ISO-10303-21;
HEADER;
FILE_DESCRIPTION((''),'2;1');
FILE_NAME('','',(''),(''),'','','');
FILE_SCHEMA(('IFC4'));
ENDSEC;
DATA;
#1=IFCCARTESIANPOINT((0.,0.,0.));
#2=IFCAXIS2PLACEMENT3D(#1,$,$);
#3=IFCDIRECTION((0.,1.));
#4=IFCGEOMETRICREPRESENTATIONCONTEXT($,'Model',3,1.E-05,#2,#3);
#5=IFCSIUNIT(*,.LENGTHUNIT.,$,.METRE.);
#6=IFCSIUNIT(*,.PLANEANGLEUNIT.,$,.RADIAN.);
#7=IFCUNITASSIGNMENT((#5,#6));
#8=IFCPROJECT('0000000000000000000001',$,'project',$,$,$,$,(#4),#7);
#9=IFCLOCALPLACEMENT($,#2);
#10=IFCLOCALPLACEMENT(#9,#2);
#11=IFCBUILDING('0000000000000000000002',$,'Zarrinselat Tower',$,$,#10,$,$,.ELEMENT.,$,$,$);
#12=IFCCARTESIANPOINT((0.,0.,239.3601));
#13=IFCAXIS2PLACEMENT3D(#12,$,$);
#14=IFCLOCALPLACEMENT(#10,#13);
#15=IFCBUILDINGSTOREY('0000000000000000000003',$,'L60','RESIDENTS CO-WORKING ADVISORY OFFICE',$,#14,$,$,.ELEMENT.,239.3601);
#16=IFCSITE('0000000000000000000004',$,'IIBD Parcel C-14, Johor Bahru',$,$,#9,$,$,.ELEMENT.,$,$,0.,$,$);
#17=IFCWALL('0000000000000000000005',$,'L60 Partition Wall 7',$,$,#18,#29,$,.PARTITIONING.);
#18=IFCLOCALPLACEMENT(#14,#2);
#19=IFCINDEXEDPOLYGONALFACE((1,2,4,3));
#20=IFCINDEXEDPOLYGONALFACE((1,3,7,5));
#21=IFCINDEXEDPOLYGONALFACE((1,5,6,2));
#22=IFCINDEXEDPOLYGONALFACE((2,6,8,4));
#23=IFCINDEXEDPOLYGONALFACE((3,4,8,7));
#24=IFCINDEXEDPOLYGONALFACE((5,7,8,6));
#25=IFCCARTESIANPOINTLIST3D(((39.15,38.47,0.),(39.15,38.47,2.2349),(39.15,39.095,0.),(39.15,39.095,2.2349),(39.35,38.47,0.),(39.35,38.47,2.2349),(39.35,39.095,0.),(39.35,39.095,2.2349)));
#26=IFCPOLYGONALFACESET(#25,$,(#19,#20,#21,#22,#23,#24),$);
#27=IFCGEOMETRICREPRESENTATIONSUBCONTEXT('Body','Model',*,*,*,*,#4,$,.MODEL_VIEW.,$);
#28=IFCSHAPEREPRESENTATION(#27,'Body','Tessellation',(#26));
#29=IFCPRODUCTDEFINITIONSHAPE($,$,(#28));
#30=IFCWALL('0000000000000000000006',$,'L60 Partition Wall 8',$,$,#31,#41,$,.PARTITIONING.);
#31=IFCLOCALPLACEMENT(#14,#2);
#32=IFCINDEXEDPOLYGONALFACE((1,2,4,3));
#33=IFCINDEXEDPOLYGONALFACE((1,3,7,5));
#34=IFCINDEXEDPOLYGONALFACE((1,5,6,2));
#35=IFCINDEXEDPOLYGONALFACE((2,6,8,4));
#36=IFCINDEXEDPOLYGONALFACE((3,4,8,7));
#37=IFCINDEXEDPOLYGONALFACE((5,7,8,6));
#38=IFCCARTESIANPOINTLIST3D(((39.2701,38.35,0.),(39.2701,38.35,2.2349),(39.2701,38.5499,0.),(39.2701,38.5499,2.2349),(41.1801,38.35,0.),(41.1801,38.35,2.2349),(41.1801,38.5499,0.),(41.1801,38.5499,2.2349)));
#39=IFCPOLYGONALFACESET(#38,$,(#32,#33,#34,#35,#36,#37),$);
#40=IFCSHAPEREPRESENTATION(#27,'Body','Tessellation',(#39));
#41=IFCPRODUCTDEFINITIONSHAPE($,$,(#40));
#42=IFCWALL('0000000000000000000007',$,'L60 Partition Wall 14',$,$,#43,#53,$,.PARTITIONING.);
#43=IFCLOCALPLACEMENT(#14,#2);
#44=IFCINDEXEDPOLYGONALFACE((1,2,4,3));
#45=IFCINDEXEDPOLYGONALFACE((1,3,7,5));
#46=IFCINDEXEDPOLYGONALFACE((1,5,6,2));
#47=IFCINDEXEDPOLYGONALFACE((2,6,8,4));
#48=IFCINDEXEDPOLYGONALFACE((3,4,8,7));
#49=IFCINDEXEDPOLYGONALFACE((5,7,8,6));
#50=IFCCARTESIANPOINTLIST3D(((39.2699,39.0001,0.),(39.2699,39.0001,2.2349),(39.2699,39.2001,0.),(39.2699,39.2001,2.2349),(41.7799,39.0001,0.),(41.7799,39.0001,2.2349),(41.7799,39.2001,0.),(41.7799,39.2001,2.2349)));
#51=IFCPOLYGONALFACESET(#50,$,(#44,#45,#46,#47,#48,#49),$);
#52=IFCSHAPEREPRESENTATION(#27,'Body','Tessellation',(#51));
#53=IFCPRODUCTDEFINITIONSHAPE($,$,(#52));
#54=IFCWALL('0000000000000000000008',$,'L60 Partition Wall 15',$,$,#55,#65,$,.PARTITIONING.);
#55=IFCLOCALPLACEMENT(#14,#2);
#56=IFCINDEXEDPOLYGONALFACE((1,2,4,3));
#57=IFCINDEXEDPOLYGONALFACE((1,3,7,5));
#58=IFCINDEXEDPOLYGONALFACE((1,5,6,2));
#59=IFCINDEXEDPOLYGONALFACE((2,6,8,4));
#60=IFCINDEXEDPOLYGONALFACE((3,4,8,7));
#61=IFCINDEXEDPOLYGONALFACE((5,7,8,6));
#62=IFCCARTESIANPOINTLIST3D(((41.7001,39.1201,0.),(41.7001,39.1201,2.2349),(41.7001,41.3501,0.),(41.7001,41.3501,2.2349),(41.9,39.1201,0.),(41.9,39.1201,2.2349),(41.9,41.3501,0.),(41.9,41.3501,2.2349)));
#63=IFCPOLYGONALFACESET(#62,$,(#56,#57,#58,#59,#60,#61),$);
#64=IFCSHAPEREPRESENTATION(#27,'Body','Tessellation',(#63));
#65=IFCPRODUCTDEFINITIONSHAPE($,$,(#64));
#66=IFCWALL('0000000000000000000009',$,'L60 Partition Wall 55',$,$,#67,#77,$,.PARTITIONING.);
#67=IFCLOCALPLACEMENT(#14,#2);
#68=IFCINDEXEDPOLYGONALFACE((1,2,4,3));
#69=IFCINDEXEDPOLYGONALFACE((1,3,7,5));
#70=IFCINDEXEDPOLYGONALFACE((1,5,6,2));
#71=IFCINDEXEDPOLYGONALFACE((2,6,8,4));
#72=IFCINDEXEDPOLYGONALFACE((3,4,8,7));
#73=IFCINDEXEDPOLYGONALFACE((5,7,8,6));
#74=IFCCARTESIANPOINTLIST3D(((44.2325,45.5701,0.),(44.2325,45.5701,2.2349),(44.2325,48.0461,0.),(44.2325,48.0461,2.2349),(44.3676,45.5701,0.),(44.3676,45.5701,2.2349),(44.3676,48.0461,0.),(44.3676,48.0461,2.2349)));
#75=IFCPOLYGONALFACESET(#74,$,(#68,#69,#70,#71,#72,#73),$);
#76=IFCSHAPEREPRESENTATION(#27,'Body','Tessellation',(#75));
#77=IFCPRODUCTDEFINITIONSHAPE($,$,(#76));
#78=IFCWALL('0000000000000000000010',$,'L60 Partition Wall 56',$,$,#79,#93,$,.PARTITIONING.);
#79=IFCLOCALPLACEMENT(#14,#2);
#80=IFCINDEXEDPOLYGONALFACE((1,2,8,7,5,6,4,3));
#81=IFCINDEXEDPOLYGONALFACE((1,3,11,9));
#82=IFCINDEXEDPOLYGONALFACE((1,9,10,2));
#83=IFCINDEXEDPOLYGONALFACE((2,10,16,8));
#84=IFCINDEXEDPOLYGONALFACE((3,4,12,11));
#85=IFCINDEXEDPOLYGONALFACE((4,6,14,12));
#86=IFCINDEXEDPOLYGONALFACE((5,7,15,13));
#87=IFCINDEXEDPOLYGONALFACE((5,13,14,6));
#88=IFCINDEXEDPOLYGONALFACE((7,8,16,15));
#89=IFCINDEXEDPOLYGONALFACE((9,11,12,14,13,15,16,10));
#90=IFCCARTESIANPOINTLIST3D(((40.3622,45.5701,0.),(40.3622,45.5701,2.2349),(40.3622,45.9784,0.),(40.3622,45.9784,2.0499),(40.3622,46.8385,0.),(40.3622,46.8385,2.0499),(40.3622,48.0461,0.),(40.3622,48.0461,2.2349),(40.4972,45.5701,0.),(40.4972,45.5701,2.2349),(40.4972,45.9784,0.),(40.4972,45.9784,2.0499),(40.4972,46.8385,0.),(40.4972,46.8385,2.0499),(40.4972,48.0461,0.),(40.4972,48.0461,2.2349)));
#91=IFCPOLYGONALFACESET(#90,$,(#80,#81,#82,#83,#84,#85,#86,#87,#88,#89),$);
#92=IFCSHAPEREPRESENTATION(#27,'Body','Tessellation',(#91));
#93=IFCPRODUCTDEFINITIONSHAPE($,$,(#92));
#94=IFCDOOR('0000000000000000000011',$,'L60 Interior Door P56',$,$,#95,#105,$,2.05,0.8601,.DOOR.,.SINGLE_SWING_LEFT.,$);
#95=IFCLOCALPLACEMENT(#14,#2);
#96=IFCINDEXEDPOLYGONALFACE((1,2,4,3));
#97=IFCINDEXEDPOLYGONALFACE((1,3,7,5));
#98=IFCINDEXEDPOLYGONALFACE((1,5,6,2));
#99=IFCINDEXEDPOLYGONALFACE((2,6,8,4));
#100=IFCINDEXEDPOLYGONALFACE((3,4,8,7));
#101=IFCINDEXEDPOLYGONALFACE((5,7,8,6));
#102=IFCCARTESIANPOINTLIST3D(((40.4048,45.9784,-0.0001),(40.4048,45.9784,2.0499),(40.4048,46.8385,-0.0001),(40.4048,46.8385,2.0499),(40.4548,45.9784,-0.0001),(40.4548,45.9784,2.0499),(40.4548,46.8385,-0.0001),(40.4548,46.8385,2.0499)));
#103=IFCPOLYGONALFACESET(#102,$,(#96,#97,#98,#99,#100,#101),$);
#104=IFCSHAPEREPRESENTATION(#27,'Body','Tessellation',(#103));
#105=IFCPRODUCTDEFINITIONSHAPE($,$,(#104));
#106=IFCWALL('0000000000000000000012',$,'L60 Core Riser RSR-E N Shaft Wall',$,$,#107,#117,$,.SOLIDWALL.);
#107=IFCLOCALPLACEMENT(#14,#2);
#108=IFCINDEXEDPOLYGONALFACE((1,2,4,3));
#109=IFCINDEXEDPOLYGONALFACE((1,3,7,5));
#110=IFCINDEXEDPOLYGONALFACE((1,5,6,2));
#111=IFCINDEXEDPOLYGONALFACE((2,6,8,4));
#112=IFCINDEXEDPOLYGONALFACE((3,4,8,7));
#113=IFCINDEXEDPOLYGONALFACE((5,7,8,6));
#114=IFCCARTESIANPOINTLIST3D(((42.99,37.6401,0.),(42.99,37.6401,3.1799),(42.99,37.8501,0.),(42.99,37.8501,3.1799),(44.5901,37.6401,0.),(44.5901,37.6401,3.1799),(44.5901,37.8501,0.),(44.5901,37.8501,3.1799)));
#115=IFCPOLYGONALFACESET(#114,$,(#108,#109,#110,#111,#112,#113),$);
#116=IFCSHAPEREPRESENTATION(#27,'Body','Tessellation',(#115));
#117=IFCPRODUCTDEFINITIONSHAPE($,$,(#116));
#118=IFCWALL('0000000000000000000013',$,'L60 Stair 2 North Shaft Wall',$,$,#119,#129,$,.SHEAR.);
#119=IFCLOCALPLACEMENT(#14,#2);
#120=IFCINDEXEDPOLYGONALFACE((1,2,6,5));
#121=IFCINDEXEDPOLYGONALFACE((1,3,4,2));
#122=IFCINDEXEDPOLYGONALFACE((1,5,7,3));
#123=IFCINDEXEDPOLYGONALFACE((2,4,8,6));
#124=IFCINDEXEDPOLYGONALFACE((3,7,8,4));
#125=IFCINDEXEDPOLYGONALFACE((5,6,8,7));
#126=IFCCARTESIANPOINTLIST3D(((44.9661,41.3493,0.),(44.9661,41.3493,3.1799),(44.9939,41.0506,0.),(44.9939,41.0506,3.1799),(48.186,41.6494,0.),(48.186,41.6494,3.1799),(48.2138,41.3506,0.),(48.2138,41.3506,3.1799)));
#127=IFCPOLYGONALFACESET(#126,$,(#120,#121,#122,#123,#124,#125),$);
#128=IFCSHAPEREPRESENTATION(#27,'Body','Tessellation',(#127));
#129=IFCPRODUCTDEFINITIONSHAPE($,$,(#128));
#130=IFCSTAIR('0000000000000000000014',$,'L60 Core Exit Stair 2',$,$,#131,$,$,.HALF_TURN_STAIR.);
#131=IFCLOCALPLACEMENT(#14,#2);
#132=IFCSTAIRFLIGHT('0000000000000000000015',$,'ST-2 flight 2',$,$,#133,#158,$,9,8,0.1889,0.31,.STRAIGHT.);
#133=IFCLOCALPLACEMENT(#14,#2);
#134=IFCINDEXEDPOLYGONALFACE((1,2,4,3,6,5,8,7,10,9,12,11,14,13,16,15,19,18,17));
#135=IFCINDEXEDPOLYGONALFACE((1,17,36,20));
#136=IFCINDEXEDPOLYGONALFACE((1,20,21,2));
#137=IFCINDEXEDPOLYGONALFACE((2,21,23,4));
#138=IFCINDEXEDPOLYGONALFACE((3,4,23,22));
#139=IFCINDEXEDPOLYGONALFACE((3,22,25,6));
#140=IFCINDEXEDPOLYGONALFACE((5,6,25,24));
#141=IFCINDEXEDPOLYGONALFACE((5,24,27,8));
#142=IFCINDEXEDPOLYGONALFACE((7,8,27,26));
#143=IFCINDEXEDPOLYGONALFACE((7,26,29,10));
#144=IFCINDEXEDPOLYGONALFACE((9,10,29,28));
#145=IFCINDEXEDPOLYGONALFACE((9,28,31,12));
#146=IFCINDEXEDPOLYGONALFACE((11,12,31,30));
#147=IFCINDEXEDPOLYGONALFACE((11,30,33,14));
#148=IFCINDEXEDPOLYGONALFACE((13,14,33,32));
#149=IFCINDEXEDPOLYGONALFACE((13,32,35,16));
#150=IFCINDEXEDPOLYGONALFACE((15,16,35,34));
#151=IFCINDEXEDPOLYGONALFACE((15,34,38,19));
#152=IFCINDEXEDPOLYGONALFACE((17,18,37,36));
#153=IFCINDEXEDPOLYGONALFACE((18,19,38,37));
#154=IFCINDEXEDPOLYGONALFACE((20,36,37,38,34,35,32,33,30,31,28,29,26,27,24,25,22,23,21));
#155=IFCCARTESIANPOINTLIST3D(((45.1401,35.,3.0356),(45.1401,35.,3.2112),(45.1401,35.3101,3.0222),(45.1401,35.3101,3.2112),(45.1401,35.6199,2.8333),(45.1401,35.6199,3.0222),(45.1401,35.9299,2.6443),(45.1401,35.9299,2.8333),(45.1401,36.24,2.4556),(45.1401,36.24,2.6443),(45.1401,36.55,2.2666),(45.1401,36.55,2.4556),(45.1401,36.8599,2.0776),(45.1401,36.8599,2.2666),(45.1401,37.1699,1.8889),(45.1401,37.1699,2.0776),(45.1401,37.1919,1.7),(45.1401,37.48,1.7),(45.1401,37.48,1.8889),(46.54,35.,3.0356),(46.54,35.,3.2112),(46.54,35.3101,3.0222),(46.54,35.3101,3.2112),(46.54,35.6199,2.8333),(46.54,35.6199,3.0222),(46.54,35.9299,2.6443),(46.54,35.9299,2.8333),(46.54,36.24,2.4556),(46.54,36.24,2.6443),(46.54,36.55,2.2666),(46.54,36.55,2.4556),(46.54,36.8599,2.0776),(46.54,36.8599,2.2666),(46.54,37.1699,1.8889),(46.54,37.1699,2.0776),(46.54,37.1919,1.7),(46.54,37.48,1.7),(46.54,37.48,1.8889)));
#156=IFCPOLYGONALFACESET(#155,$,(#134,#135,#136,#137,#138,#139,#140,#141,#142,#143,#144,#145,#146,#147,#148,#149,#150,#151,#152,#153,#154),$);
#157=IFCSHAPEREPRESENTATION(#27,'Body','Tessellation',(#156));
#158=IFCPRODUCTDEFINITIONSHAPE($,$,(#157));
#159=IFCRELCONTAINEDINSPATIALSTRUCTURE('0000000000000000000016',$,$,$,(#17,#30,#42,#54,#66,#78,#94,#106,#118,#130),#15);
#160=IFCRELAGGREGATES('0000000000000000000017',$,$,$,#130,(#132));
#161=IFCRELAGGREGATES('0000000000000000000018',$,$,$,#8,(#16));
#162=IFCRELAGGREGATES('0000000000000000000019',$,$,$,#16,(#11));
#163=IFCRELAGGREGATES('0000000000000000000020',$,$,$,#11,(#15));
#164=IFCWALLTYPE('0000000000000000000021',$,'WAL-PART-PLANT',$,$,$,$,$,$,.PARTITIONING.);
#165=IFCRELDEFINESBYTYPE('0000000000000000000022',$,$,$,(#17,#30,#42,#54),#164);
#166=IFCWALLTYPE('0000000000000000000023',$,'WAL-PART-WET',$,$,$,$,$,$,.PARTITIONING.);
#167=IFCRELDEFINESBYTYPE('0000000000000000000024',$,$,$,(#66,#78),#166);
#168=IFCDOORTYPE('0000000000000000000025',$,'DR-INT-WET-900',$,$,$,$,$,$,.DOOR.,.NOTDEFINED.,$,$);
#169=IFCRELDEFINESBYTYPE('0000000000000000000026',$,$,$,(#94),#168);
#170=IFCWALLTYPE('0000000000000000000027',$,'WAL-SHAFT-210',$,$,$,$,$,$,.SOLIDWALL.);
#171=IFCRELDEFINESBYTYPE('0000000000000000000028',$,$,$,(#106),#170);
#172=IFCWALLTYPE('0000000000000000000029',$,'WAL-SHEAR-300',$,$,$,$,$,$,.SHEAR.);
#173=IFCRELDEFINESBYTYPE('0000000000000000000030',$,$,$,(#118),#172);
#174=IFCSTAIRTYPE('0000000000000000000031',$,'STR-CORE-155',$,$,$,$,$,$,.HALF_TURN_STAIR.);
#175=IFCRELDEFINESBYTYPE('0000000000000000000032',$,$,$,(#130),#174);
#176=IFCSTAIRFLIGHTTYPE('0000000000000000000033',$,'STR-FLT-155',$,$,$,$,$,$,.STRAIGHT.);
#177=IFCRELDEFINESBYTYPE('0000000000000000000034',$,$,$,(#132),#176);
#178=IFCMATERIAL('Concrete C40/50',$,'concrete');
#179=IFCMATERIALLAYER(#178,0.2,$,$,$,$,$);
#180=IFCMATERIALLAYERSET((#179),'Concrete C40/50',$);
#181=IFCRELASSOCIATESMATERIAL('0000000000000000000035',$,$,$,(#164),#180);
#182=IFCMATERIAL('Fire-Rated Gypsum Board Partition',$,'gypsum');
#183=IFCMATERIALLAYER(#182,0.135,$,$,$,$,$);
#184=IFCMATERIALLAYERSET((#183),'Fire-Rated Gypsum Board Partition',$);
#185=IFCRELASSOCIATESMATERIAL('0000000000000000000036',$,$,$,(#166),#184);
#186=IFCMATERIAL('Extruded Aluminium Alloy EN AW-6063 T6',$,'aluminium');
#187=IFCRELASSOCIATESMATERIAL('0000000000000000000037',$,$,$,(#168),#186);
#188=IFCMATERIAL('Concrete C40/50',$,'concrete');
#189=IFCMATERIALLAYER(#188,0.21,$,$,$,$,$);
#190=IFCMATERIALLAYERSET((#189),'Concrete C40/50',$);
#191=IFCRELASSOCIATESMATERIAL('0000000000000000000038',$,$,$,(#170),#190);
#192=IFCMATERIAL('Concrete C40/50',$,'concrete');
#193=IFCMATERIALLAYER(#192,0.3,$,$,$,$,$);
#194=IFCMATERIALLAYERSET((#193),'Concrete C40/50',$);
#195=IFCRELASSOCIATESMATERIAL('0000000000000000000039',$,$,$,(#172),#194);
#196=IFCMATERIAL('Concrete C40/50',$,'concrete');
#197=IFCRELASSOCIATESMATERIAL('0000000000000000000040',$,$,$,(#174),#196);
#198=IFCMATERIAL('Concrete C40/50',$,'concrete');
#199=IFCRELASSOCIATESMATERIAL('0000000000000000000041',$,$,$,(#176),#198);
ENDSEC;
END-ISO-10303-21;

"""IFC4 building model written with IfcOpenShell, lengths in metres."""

from ifc_helpers import new_model, si_unit, direction, frame, frame_2d, origin, place, context, subcontext, project, spatial, polyline, rectangle, outline, extrude, material, layer, layer_set, type_object, element, fill, aggregate, save


model = new_model("IFC4")

# Units and contexts
model_context = context("Model", 3, precision=1e-05, world=origin(), true_north=direction((0.0, 1.0)))
body_context = subcontext(model_context, "Body", "Model", "MODEL_VIEW")
ifc_project = project(units=[si_unit("LENGTHUNIT", "METRE"), si_unit("PLANEANGLEUNIT", "RADIAN")], contexts=[model_context])

# Site, building, storey
site_placement = place(None, origin())
site = spatial("IfcSite", under=ifc_project, at=site_placement, Name="IIBD Parcel C-14, Johor Bahru", CompositionType="ELEMENT", RefElevation=0.0)
building_placement = place(site_placement, origin())
building = spatial("IfcBuilding", under=site, at=building_placement, Name="Zarrinselat Tower", CompositionType="ELEMENT")
storey_placement = place(building_placement, frame((0.0, 0.0, 239.3601)))
storey = spatial("IfcBuildingStorey", under=building, at=storey_placement, Name="L60", Description="RESIDENTS CO-WORKING ADVISORY OFFICE", CompositionType="ELEMENT", Elevation=239.3601)

# Walls
ifc_material_1 = material(Name="Concrete C40/50", Category="concrete")
ifc_layer_1 = layer(ifc_material_1, 0.2)
ifc_layer_set_1 = layer_set([ifc_layer_1], Name="Concrete C40/50")
wall_type_1 = type_object("IfcWallType", Name="WAL-PART-PLANT", PredefinedType="PARTITIONING", material=ifc_layer_set_1)
wall_1_placement = place(storey_placement, frame((39.25, 38.47, 0.0), z_axis=(0.0, 0.0, 1.0), x_axis=(0.0, 1.0, 0.0)))
element("IfcWall", 1, at=wall_1_placement, inside=storey, type_object=wall_type_1, Name="L60 Partition Wall 7", PredefinedType="PARTITIONING", context=body_context, shape_type="SweptSolid", body=[
    extrude(rectangle(XDim=0.625, YDim=0.2, at=frame_2d((0.3125, 0.0))), origin(), (0.0, 0.0, 1.0), 2.2349),
])
wall_2_placement = place(storey_placement, frame((39.27, 38.45, 0.0), z_axis=(0.0, 0.0, 1.0), x_axis=(1.0, 0.0, 0.0)))
element("IfcWall", 2, at=wall_2_placement, inside=storey, type_object=wall_type_1, Name="L60 Partition Wall 8", PredefinedType="PARTITIONING", context=body_context, shape_type="SweptSolid", body=[
    extrude(rectangle(XDim=1.9099, YDim=0.2, at=frame_2d((0.9551, 0.0))), origin(), (0.0, 0.0, 1.0), 2.2349),
])
wall_3_placement = place(storey_placement, frame((39.27, 39.1001, 0.0), z_axis=(0.0, 0.0, 1.0), x_axis=(1.0, 0.0, 0.0)))
element("IfcWall", 3, at=wall_3_placement, inside=storey, type_object=wall_type_1, Name="L60 Partition Wall 14", PredefinedType="PARTITIONING", context=body_context, shape_type="SweptSolid", body=[
    extrude(rectangle(XDim=2.51, YDim=0.2, at=frame_2d((1.2549, 0.0))), origin(), (0.0, 0.0, 1.0), 2.2349),
])
wall_4_placement = place(storey_placement, frame((41.8, 39.1201, 0.0), z_axis=(0.0, 0.0, 1.0), x_axis=(0.0, 1.0, 0.0)))
element("IfcWall", 4, at=wall_4_placement, inside=storey, type_object=wall_type_1, Name="L60 Partition Wall 15", PredefinedType="PARTITIONING", context=body_context, shape_type="SweptSolid", body=[
    extrude(rectangle(XDim=2.23, YDim=0.2, at=frame_2d((1.115, 0.0))), origin(), (0.0, 0.0, 1.0), 2.2349),
])
ifc_material_2 = material(Name="Fire-Rated Gypsum Board Partition", Category="gypsum")
ifc_layer_2 = layer(ifc_material_2, 0.135)
ifc_layer_set_2 = layer_set([ifc_layer_2], Name="Fire-Rated Gypsum Board Partition")
wall_type_2 = type_object("IfcWallType", Name="WAL-PART-WET", PredefinedType="PARTITIONING", material=ifc_layer_set_2)
wall_5_placement = place(storey_placement, frame((44.3, 45.5701, 0.0), z_axis=(0.0, 0.0, 1.0), x_axis=(0.0, 1.0, 0.0)))
element("IfcWall", 5, at=wall_5_placement, inside=storey, type_object=wall_type_2, Name="L60 Partition Wall 55", PredefinedType="PARTITIONING", context=body_context, shape_type="SweptSolid", body=[
    extrude(rectangle(XDim=2.4761, YDim=0.135, at=frame_2d((1.238, 0.0))), origin(), (0.0, 0.0, 1.0), 2.2349),
])

# Wall, opening, door
wall_6_placement = place(storey_placement, frame((40.4297, 45.5701, 0.0), z_axis=(0.0, 0.0, 1.0), x_axis=(0.0, 1.0, 0.0)))
wall_6 = element("IfcWall", 6, at=wall_6_placement, inside=storey, type_object=wall_type_2, Name="L60 Partition Wall 56", PredefinedType="PARTITIONING", context=body_context, shape_type="SweptSolid", body=[
    extrude(rectangle(XDim=2.4761, YDim=0.135, at=frame_2d((1.238, 0.0))), origin(), (0.0, 0.0, 1.0), 2.2349),
])
opening_1_placement = place(wall_6_placement, frame((0.4082, 0.0, 0.0)))
opening_1 = element("IfcOpeningElement", 7, at=opening_1_placement, cuts=wall_6, PredefinedType="OPENING", context=body_context, shape_type="SweptSolid", body=[
    extrude(rectangle(XDim=0.8601, YDim=2.05, at=frame_2d((0.4302, 1.0249))), frame((0.0, 0.0774, 0.0), z_axis=(0.0, -1.0, 0.0), x_axis=(1.0, 0.0, 0.0)), (0.0, 0.0, 1.0), 0.155),
])
ifc_material_3 = material(Name="Extruded Aluminium Alloy EN AW-6063 T6", Category="aluminium")
door_type_1 = type_object("IfcDoorType", Name="DR-INT-WET-900", OperationType="NOTDEFINED", PredefinedType="DOOR", material=ifc_material_3)
door_1_placement = place(opening_1_placement, origin())
door_1 = element("IfcDoor", 8, at=door_1_placement, inside=storey, type_object=door_type_1, Name="L60 Interior Door P56", OperationType="SINGLE_SWING_LEFT", OverallHeight=2.05, OverallWidth=0.8601, PredefinedType="DOOR", context=body_context, shape_type="SweptSolid", body=[
    extrude(rectangle(XDim=0.8601, YDim=2.05, at=frame_2d((0.4302, 1.0249))), frame((0.0, 0.0249, 0.0), z_axis=(0.0, -1.0, 0.0), x_axis=(1.0, 0.0, 0.0)), (0.0, 0.0, 1.0), 0.05),
])
fill(opening_1, door_1)

# Walls
ifc_material_4 = material(Name="Concrete C40/50", Category="concrete")
ifc_layer_3 = layer(ifc_material_4, 0.21)
ifc_layer_set_3 = layer_set([ifc_layer_3], Name="Concrete C40/50")
wall_type_3 = type_object("IfcWallType", Name="WAL-SHAFT-210", PredefinedType="SOLIDWALL", material=ifc_layer_set_3)
wall_7_placement = place(storey_placement, frame((42.99, 37.7451, 0.0), z_axis=(0.0, 0.0, 1.0), x_axis=(1.0, 0.0, 0.0)))
element("IfcWall", 9, at=wall_7_placement, inside=storey, type_object=wall_type_3, Name="L60 Core Riser RSR-E N Shaft Wall", PredefinedType="SOLIDWALL", context=body_context, shape_type="SweptSolid", body=[
    extrude(rectangle(XDim=1.6001, YDim=0.21, at=frame_2d((0.8, 0.0))), origin(), (0.0, 0.0, 1.0), 3.1799),
])
ifc_material_5 = material(Name="Concrete C40/50", Category="concrete")
ifc_layer_4 = layer(ifc_material_5, 0.3)
ifc_layer_set_4 = layer_set([ifc_layer_4], Name="Concrete C40/50")
wall_type_4 = type_object("IfcWallType", Name="WAL-SHEAR-300", PredefinedType="SHEAR", material=ifc_layer_set_4)
wall_8_placement = place(storey_placement, frame((44.98, 41.2, 0.0), z_axis=(0.0, 0.0, 1.0), x_axis=(0.995686, 0.092782, 0.0)))
element("IfcWall", 10, at=wall_8_placement, inside=storey, type_object=wall_type_4, Name="L60 Stair 2 North Shaft Wall", PredefinedType="SHEAR", context=body_context, shape_type="SweptSolid", body=[
    extrude(rectangle(XDim=3.2339, YDim=0.3, at=frame_2d((1.6169, 0.0))), origin(), (0.0, 0.0, 1.0), 3.1799),
])

# Stair, stair flight
ifc_material_6 = material(Name="Concrete C40/50", Category="concrete")
stair_type = type_object("IfcStairType", Name="STR-CORE-155", PredefinedType="HALF_TURN_STAIR", material=ifc_material_6)
stair_placement = place(storey_placement, origin())
stair = element("IfcStair", 11, at=stair_placement, inside=storey, type_object=stair_type, Name="L60 Core Exit Stair 2", PredefinedType="HALF_TURN_STAIR")
ifc_material_7 = material(Name="Concrete C40/50", Category="concrete")
stair_flight_type = type_object("IfcStairFlightType", Name="STR-FLT-155", PredefinedType="STRAIGHT", material=ifc_material_7)
stair_flight_placement = place(storey_placement, frame((45.8401, 37.48, 1.7), z_axis=(0.0, 0.0, 1.0), x_axis=(0.0, -1.0, 0.0)))
stair_flight = element("IfcStairFlight", 12, at=stair_flight_placement, type_object=stair_flight_type, Name="ST-2 flight 2", NumberOfRisers=9, NumberOfTreads=8, PredefinedType="STRAIGHT", RiserHeight=0.1889, TreadLength=0.31, context=body_context, shape_type="SweptSolid", body=[
    extrude(outline(polyline([(0.0, 0.0), (0.0, 0.189), (0.3101, 0.189), (0.3101, 0.3777), (0.6201, 0.3777), (0.6201, 0.5667), (0.9299, 0.5667), (0.9299, 0.7556), (1.24, 0.7556), (1.24, 0.9443), (1.55, 0.9443), (1.55, 1.1333), (1.8601, 1.1333), (1.8601, 1.3223), (2.1699, 1.3223), (2.1699, 1.5112), (2.48, 1.5112), (2.48, 1.7), (2.48, 1.3357), (0.2881, 0.0), (0.0, 0.0)])), frame((0.0, 0.7, 0.0), z_axis=(0.0, -1.0, 0.0), x_axis=(1.0, 0.0, 0.0)), (0.0, 0.0, 1.0), 1.3999),
])
aggregate(stair, [stair_flight])

save(model, "model.ifc")
